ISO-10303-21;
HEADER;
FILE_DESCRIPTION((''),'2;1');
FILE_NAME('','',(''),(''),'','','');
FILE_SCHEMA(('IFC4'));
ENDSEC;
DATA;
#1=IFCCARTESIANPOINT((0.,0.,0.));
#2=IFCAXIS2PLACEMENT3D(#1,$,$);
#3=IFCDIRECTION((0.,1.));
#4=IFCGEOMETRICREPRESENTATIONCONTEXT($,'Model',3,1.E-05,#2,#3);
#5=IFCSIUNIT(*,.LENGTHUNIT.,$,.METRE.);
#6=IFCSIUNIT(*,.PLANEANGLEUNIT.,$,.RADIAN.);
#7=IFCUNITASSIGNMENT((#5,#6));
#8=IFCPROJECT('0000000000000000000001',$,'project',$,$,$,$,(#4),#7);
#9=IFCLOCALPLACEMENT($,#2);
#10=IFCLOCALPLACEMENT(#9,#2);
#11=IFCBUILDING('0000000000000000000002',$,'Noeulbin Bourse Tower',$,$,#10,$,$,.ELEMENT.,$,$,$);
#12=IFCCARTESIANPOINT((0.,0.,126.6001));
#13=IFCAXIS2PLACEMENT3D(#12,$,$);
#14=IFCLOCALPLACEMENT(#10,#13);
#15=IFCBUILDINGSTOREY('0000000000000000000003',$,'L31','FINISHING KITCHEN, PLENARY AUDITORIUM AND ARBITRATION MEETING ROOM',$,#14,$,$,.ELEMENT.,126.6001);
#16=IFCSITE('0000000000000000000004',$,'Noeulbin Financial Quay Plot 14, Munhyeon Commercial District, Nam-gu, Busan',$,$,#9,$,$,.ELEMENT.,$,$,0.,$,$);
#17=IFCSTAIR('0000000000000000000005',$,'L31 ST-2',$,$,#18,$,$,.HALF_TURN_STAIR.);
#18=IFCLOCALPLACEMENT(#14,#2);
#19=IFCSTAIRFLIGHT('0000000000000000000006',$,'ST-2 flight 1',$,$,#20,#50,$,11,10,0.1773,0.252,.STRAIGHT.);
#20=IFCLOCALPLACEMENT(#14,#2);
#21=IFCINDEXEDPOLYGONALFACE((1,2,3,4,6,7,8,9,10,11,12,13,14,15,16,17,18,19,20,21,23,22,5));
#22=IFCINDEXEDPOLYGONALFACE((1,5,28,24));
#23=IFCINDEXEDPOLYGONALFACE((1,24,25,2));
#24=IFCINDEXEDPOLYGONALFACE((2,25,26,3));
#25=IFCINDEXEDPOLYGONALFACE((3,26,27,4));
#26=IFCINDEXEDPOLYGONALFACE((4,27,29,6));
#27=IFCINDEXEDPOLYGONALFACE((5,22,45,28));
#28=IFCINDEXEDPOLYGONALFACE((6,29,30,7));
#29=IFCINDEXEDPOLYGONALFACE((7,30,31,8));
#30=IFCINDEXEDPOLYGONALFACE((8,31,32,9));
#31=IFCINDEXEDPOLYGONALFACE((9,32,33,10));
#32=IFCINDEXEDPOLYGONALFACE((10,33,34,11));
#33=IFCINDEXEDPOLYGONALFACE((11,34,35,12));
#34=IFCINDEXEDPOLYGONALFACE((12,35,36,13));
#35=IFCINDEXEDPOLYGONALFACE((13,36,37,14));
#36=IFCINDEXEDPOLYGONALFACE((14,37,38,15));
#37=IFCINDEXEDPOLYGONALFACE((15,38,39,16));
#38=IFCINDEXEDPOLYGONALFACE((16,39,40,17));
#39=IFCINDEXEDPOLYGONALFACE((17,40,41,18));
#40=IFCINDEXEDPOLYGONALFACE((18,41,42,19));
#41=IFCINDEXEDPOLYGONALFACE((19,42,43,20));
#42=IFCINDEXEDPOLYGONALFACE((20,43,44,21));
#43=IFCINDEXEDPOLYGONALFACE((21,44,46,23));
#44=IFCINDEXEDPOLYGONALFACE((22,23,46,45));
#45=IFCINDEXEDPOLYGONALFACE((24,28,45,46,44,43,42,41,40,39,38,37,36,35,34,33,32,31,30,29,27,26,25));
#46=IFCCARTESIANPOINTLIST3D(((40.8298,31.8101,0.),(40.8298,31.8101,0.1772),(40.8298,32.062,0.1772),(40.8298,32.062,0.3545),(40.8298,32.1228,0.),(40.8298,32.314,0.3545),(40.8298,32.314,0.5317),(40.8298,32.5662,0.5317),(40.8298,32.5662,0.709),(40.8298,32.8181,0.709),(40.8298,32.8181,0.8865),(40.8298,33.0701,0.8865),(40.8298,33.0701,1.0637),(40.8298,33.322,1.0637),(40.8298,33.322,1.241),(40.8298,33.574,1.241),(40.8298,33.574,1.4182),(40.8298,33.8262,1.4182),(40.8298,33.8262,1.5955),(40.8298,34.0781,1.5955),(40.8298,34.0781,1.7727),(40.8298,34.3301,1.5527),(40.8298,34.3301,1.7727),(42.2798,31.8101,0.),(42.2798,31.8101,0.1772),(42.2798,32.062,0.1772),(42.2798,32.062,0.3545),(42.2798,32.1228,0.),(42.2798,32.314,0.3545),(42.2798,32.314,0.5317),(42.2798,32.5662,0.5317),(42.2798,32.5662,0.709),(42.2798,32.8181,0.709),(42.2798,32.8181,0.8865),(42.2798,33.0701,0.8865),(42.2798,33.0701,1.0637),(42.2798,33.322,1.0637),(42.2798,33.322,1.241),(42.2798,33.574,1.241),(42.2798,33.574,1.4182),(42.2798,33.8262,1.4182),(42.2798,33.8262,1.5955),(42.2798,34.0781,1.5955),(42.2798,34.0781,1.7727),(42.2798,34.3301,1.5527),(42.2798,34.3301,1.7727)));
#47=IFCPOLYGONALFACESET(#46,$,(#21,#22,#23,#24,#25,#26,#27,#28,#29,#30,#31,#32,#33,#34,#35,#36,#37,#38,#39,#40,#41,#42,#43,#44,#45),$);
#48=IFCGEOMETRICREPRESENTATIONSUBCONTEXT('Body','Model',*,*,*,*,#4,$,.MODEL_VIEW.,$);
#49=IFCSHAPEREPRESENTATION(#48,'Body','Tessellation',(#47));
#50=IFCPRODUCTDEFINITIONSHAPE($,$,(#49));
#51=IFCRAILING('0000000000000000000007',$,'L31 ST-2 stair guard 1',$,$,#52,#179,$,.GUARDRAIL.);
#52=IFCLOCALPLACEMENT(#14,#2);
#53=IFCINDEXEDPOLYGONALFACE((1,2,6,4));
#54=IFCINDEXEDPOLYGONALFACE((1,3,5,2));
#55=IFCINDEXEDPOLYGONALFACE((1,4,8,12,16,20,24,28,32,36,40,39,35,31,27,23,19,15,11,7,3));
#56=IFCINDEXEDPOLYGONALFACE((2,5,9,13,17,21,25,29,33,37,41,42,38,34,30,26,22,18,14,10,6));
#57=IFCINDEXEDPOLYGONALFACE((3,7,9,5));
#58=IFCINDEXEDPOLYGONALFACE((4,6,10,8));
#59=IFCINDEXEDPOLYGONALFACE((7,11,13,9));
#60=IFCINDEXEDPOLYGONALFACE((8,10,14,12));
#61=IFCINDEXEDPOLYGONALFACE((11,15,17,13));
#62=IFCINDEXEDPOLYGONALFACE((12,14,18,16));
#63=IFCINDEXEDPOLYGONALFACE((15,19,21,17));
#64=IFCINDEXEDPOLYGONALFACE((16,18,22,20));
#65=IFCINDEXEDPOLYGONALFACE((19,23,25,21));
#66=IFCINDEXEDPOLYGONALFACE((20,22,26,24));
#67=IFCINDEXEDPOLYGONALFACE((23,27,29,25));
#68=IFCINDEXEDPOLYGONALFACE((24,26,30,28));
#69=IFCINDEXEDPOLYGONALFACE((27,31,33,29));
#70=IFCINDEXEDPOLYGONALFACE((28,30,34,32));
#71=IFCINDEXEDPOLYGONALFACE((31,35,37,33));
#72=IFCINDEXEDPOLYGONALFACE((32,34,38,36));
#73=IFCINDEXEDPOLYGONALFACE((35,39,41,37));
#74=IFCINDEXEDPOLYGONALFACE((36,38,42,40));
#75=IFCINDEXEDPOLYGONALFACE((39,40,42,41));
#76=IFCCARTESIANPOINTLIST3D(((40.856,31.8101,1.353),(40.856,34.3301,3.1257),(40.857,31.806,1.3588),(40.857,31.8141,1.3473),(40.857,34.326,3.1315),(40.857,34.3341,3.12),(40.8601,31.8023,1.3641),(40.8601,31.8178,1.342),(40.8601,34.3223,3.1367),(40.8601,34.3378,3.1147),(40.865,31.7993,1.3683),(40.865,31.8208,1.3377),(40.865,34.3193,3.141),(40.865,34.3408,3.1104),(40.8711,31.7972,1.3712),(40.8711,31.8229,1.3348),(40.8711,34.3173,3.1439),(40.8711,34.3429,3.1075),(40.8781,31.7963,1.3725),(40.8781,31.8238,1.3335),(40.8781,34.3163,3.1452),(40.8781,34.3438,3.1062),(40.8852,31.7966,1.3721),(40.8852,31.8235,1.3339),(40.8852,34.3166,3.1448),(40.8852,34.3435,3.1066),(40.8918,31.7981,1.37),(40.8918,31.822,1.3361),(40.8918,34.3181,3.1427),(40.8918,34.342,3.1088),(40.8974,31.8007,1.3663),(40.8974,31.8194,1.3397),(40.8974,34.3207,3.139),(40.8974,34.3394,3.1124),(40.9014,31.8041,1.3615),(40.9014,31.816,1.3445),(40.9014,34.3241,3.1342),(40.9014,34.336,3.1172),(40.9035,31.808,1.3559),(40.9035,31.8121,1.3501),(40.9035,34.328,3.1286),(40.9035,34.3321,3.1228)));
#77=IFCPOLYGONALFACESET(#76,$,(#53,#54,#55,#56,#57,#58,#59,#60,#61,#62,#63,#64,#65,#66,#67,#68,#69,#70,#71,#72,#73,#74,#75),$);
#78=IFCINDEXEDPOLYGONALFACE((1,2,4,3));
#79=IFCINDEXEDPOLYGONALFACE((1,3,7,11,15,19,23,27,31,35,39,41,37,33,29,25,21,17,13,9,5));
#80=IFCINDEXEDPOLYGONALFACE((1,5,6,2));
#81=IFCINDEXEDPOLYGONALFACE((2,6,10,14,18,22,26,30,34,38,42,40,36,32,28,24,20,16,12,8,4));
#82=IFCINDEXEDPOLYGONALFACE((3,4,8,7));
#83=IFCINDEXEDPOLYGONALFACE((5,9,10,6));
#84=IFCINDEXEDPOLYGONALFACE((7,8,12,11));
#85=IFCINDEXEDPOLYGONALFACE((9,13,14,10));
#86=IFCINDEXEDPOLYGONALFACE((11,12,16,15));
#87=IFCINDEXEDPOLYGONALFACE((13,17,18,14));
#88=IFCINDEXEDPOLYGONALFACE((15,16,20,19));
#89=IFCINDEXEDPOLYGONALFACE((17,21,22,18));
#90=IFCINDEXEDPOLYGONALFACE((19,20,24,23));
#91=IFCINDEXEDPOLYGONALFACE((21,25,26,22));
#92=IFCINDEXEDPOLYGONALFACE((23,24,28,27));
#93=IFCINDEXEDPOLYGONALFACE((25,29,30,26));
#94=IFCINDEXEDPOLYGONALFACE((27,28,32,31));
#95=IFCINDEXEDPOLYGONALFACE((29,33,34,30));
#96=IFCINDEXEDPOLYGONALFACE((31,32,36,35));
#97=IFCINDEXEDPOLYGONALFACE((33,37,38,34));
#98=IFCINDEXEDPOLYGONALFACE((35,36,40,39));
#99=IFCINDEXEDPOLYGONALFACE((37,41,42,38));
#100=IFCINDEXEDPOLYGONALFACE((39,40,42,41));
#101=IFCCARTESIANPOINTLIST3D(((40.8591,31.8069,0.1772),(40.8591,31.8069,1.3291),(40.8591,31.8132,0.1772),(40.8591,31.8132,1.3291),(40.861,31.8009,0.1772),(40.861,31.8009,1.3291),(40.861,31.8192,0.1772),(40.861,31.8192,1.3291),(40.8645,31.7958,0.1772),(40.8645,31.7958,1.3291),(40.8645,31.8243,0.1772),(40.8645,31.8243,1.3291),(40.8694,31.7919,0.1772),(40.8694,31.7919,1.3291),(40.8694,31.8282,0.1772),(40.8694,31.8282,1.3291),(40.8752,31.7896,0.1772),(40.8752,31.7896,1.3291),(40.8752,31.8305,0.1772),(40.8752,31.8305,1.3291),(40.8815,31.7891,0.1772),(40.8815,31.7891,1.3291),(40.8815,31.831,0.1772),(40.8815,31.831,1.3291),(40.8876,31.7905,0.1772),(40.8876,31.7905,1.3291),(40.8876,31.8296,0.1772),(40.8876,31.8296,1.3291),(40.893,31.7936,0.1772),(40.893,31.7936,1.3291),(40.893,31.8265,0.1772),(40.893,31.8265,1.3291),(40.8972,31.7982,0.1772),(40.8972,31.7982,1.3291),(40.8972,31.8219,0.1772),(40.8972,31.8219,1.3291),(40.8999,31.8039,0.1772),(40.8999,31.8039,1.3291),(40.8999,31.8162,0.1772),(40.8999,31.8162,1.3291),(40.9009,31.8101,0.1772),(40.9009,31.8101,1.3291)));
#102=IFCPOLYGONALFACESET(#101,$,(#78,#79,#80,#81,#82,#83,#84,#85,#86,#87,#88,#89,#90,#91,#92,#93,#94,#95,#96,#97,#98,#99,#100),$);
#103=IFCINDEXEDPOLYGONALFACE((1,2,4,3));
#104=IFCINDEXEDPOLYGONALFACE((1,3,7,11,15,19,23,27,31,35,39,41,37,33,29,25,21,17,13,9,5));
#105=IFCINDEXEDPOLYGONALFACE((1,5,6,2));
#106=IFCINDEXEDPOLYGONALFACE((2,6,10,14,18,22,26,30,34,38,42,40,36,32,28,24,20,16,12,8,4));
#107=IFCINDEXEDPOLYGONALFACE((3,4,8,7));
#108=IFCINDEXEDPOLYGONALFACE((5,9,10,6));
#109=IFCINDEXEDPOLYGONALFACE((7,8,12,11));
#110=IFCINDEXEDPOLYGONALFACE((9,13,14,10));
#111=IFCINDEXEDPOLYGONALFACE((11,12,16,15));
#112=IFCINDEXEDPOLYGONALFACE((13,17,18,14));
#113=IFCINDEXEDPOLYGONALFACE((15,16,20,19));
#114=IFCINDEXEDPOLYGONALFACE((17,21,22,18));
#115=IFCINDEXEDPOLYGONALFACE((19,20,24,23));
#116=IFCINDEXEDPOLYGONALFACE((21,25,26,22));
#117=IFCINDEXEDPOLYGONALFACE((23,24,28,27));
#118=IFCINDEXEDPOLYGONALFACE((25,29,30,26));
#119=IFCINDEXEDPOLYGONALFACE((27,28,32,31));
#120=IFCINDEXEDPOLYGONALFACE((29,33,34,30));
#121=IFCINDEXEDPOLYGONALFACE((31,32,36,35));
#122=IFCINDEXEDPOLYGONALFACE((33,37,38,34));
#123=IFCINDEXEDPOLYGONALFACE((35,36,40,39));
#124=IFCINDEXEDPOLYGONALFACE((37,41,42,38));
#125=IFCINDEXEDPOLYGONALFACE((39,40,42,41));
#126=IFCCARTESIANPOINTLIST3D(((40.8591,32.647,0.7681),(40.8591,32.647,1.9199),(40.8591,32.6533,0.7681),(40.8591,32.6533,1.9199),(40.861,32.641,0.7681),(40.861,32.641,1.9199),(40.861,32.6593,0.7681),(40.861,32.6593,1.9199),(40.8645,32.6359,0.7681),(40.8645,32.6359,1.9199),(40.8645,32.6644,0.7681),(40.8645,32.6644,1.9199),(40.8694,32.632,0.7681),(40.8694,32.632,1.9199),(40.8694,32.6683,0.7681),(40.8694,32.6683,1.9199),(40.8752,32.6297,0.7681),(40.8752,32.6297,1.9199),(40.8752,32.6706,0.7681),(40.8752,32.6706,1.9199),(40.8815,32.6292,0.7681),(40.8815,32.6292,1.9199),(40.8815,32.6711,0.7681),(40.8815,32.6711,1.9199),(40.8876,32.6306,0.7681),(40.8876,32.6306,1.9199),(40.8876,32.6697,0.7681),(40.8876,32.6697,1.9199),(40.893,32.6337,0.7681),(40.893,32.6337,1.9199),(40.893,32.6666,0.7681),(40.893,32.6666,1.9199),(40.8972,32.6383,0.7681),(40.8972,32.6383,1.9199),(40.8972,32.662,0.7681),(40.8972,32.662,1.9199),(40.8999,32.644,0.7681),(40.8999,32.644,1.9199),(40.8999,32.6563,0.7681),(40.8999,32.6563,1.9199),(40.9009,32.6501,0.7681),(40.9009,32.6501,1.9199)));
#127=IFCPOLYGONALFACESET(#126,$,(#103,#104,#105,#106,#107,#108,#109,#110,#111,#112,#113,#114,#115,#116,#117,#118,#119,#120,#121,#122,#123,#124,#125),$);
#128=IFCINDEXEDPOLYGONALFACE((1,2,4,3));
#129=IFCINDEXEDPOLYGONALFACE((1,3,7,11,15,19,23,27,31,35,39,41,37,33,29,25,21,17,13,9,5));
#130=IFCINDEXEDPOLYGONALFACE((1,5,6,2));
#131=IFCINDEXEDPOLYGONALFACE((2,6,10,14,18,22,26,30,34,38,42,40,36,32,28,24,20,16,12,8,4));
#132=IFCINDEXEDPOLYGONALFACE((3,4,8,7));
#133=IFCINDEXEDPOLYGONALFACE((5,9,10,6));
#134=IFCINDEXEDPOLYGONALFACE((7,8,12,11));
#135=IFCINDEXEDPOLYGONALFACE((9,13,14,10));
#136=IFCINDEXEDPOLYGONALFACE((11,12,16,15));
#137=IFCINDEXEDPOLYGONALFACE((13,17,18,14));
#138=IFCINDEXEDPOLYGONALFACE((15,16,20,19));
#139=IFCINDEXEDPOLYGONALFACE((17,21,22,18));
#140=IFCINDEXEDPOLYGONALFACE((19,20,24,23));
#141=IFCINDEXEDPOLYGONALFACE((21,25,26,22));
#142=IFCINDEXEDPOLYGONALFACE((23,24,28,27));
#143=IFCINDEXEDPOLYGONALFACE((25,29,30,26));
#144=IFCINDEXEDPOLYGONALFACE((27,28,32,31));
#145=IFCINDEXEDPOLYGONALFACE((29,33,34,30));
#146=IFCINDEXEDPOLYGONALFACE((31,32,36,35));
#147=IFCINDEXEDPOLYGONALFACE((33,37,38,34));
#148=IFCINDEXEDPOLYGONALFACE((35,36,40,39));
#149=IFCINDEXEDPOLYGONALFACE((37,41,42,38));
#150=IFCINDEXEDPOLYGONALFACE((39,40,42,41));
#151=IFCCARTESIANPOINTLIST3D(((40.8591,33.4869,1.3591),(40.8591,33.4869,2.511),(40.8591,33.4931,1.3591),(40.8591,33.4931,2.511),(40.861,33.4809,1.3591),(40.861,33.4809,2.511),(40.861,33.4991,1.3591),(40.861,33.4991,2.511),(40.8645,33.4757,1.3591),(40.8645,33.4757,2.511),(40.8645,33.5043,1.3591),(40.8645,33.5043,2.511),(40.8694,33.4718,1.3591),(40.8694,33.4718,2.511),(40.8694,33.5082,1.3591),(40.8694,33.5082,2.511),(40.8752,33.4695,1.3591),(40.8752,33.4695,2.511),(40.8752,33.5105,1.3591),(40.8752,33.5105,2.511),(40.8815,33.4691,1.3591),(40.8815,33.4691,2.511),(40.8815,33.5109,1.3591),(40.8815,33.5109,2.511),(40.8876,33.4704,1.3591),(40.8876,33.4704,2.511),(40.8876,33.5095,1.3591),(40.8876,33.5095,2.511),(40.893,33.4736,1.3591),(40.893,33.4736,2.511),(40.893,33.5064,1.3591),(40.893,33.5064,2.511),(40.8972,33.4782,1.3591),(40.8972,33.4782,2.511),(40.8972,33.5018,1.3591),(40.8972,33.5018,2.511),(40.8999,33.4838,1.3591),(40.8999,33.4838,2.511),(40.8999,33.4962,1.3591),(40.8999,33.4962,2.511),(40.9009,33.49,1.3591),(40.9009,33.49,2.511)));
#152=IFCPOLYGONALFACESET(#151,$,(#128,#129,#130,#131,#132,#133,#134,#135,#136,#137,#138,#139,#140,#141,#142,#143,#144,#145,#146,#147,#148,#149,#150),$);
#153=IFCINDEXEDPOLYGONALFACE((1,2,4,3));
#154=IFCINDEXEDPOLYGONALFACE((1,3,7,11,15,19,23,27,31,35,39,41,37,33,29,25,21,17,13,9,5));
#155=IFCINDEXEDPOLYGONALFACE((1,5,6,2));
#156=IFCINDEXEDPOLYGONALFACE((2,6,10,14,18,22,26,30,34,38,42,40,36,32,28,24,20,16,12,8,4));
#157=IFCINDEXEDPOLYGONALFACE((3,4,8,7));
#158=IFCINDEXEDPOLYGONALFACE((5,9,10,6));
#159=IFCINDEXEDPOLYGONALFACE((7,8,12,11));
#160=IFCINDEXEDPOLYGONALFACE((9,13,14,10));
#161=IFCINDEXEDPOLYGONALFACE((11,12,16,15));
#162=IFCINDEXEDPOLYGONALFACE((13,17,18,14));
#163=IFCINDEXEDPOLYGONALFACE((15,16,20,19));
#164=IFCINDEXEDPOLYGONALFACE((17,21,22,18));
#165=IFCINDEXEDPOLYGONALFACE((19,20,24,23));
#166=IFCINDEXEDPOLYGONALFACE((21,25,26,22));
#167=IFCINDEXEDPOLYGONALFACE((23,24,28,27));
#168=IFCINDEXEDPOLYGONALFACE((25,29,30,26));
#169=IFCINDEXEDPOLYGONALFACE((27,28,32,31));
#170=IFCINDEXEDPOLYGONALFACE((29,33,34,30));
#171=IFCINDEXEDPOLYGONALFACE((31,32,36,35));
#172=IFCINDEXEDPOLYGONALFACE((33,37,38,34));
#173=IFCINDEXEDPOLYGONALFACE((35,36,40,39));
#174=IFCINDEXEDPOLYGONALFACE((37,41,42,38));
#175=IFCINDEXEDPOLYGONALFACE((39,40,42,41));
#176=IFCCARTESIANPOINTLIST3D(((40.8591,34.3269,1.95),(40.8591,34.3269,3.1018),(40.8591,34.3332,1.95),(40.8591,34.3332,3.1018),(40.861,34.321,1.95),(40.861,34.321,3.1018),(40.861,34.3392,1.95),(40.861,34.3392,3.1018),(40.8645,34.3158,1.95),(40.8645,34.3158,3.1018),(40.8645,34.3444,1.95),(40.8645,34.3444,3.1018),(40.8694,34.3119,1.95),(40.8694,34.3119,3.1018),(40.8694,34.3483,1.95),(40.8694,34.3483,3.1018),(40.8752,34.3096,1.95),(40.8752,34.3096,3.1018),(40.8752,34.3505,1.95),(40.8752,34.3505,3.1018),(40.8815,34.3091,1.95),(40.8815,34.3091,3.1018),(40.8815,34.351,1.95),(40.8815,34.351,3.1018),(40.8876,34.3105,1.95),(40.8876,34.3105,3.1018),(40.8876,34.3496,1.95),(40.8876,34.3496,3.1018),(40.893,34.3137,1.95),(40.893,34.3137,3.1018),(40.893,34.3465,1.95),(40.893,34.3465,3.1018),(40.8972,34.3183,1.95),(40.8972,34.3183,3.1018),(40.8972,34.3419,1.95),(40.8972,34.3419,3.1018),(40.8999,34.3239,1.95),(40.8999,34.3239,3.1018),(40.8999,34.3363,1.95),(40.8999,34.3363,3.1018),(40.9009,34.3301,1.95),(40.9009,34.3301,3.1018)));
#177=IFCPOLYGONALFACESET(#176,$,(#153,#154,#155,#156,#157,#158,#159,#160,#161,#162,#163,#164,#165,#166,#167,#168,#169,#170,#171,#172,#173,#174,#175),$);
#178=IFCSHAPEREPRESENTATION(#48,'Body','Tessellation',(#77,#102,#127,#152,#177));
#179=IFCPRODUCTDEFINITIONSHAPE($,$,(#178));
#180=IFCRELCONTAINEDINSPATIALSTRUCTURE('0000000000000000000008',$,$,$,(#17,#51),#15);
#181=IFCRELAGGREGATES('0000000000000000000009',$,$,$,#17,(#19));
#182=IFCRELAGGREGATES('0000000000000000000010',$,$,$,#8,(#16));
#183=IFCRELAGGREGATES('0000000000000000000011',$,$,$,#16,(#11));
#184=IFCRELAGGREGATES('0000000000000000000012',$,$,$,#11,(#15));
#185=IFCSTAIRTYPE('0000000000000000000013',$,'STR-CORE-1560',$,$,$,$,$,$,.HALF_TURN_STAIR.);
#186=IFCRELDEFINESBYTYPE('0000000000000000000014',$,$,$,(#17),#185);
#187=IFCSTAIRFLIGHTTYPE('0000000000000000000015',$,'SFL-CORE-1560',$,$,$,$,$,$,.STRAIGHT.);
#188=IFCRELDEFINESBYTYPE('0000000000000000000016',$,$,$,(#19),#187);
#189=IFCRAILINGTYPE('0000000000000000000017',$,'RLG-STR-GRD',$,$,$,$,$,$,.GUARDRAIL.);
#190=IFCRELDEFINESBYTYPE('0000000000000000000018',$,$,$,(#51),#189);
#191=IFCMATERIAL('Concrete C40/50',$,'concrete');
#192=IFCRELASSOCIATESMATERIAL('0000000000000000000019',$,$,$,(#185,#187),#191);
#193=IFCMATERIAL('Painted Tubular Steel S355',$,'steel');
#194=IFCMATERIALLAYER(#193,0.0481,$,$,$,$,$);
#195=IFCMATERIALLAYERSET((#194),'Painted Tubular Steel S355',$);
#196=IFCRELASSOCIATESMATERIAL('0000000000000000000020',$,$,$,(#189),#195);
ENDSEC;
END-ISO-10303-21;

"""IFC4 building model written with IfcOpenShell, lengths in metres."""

from ifc_helpers import new_model, si_unit, direction, frame, origin, origin_2d, place, context, subcontext, project, spatial, polyline, circle, outline, extrude, material, layer, layer_set, type_object, element, aggregate, save


model = new_model("IFC4")

# Units and contexts
model_context = context("Model", 3, precision=1e-05, world=origin(), true_north=direction((0.0, 1.0)))
body_context = subcontext(model_context, "Body", "Model", "MODEL_VIEW")
ifc_project = project(units=[si_unit("LENGTHUNIT", "METRE"), si_unit("PLANEANGLEUNIT", "RADIAN")], contexts=[model_context])

# Site, building, storey
site_placement = place(None, origin())
site = spatial("IfcSite", under=ifc_project, at=site_placement, Name="Noeulbin Financial Quay Plot 14, Munhyeon Commercial District, Nam-gu, Busan", CompositionType="ELEMENT", RefElevation=0.0)
building_placement = place(site_placement, origin())
building = spatial("IfcBuilding", under=site, at=building_placement, Name="Noeulbin Bourse Tower", CompositionType="ELEMENT")
storey_placement = place(building_placement, frame((0.0, 0.0, 126.6001)))
storey = spatial("IfcBuildingStorey", under=building, at=storey_placement, Name="L31", Description="FINISHING KITCHEN, PLENARY AUDITORIUM AND ARBITRATION MEETING ROOM", CompositionType="ELEMENT", Elevation=126.6001)

# Shared definitions
ifc_material_1 = material(Name="Concrete C40/50", Category="concrete")

# Stair, stair flight
stair_type = type_object("IfcStairType", Name="STR-CORE-1560", PredefinedType="HALF_TURN_STAIR", material=ifc_material_1)
stair_placement = place(storey_placement, origin())
stair = element("IfcStair", 1, at=stair_placement, inside=storey, type_object=stair_type, Name="L31 ST-2", PredefinedType="HALF_TURN_STAIR")
stair_flight_type = type_object("IfcStairFlightType", Name="SFL-CORE-1560", PredefinedType="STRAIGHT", material=ifc_material_1)
stair_flight_placement = place(storey_placement, frame((41.5549, 31.8101, 0.0), z_axis=(0.0, 0.0, 1.0), x_axis=(0.0, 1.0, 0.0)))
stair_flight = element("IfcStairFlight", 2, at=stair_flight_placement, type_object=stair_flight_type, Name="ST-2 flight 1", NumberOfRisers=11, NumberOfTreads=10, PredefinedType="STRAIGHT", RiserHeight=0.1773, TreadLength=0.252, context=body_context, shape_type="SweptSolid", body=[
    extrude(outline(polyline([(0.0, 0.0), (0.0, 0.1772), (0.252, 0.1772), (0.252, 0.3545), (0.5039, 0.3545), (0.5039, 0.5317), (0.7561, 0.5317), (0.7561, 0.709), (1.0081, 0.709), (1.0081, 0.8865), (1.26, 0.8865), (1.26, 1.0637), (1.512, 1.0637), (1.512, 1.241), (1.7639, 1.241), (1.7639, 1.4182), (2.0161, 1.4182), (2.0161, 1.5955), (2.2681, 1.5955), (2.2681, 1.7727), (2.52, 1.7727), (2.52, 1.95), (2.52, 1.5527), (0.3127, 0.0), (0.0, 0.0)])), frame((0.0, 0.7251, 0.0), z_axis=(0.0, -1.0, 0.0), x_axis=(1.0, 0.0, 0.0)), (0.0, 0.0, 1.0), 1.45),
])
aggregate(stair, [stair_flight])

# Railing
ifc_material_2 = material(Name="Painted Tubular Steel S355", Category="steel")
ifc_layer_1 = layer(ifc_material_2, 0.0481)
ifc_layer_set_1 = layer_set([ifc_layer_1], Name="Painted Tubular Steel S355")
railing_type_1 = type_object("IfcRailingType", Name="RLG-STR-GRD", PredefinedType="GUARDRAIL", material=ifc_layer_set_1)
railing_1_placement = place(storey_placement, frame((40.8799, 31.8101, 0.1772)))
element("IfcRailing", 3, at=railing_1_placement, inside=storey, type_object=railing_type_1, Name="L31 ST-2 stair guard 1", PredefinedType="GUARDRAIL", context=body_context, shape_type="SweptSolid", body=[
    extrude(circle(Radius=0.0239, at=origin_2d()), frame((0.0, 0.0, 1.1758), z_axis=(0.0, 0.817904, 0.575354), x_axis=(-1.0, 0.0, 0.0)), (0.0, 0.0, 1.0), 3.0811),
    extrude(circle(Radius=0.021, at=origin_2d()), origin(), (0.0, 0.0, 1.0), 1.1519),
    extrude(circle(Radius=0.021, at=origin_2d()), frame((0.0, 0.8401, 0.5908)), (0.0, 0.0, 1.0), 1.1519),
    extrude(circle(Radius=0.021, at=origin_2d()), frame((0.0, 1.6799, 1.1819)), (0.0, 0.0, 1.0), 1.1519),
    extrude(circle(Radius=0.021, at=origin_2d()), frame((0.0, 2.52, 1.7727)), (0.0, 0.0, 1.0), 1.1519),
])

save(model, "model.ifc")
